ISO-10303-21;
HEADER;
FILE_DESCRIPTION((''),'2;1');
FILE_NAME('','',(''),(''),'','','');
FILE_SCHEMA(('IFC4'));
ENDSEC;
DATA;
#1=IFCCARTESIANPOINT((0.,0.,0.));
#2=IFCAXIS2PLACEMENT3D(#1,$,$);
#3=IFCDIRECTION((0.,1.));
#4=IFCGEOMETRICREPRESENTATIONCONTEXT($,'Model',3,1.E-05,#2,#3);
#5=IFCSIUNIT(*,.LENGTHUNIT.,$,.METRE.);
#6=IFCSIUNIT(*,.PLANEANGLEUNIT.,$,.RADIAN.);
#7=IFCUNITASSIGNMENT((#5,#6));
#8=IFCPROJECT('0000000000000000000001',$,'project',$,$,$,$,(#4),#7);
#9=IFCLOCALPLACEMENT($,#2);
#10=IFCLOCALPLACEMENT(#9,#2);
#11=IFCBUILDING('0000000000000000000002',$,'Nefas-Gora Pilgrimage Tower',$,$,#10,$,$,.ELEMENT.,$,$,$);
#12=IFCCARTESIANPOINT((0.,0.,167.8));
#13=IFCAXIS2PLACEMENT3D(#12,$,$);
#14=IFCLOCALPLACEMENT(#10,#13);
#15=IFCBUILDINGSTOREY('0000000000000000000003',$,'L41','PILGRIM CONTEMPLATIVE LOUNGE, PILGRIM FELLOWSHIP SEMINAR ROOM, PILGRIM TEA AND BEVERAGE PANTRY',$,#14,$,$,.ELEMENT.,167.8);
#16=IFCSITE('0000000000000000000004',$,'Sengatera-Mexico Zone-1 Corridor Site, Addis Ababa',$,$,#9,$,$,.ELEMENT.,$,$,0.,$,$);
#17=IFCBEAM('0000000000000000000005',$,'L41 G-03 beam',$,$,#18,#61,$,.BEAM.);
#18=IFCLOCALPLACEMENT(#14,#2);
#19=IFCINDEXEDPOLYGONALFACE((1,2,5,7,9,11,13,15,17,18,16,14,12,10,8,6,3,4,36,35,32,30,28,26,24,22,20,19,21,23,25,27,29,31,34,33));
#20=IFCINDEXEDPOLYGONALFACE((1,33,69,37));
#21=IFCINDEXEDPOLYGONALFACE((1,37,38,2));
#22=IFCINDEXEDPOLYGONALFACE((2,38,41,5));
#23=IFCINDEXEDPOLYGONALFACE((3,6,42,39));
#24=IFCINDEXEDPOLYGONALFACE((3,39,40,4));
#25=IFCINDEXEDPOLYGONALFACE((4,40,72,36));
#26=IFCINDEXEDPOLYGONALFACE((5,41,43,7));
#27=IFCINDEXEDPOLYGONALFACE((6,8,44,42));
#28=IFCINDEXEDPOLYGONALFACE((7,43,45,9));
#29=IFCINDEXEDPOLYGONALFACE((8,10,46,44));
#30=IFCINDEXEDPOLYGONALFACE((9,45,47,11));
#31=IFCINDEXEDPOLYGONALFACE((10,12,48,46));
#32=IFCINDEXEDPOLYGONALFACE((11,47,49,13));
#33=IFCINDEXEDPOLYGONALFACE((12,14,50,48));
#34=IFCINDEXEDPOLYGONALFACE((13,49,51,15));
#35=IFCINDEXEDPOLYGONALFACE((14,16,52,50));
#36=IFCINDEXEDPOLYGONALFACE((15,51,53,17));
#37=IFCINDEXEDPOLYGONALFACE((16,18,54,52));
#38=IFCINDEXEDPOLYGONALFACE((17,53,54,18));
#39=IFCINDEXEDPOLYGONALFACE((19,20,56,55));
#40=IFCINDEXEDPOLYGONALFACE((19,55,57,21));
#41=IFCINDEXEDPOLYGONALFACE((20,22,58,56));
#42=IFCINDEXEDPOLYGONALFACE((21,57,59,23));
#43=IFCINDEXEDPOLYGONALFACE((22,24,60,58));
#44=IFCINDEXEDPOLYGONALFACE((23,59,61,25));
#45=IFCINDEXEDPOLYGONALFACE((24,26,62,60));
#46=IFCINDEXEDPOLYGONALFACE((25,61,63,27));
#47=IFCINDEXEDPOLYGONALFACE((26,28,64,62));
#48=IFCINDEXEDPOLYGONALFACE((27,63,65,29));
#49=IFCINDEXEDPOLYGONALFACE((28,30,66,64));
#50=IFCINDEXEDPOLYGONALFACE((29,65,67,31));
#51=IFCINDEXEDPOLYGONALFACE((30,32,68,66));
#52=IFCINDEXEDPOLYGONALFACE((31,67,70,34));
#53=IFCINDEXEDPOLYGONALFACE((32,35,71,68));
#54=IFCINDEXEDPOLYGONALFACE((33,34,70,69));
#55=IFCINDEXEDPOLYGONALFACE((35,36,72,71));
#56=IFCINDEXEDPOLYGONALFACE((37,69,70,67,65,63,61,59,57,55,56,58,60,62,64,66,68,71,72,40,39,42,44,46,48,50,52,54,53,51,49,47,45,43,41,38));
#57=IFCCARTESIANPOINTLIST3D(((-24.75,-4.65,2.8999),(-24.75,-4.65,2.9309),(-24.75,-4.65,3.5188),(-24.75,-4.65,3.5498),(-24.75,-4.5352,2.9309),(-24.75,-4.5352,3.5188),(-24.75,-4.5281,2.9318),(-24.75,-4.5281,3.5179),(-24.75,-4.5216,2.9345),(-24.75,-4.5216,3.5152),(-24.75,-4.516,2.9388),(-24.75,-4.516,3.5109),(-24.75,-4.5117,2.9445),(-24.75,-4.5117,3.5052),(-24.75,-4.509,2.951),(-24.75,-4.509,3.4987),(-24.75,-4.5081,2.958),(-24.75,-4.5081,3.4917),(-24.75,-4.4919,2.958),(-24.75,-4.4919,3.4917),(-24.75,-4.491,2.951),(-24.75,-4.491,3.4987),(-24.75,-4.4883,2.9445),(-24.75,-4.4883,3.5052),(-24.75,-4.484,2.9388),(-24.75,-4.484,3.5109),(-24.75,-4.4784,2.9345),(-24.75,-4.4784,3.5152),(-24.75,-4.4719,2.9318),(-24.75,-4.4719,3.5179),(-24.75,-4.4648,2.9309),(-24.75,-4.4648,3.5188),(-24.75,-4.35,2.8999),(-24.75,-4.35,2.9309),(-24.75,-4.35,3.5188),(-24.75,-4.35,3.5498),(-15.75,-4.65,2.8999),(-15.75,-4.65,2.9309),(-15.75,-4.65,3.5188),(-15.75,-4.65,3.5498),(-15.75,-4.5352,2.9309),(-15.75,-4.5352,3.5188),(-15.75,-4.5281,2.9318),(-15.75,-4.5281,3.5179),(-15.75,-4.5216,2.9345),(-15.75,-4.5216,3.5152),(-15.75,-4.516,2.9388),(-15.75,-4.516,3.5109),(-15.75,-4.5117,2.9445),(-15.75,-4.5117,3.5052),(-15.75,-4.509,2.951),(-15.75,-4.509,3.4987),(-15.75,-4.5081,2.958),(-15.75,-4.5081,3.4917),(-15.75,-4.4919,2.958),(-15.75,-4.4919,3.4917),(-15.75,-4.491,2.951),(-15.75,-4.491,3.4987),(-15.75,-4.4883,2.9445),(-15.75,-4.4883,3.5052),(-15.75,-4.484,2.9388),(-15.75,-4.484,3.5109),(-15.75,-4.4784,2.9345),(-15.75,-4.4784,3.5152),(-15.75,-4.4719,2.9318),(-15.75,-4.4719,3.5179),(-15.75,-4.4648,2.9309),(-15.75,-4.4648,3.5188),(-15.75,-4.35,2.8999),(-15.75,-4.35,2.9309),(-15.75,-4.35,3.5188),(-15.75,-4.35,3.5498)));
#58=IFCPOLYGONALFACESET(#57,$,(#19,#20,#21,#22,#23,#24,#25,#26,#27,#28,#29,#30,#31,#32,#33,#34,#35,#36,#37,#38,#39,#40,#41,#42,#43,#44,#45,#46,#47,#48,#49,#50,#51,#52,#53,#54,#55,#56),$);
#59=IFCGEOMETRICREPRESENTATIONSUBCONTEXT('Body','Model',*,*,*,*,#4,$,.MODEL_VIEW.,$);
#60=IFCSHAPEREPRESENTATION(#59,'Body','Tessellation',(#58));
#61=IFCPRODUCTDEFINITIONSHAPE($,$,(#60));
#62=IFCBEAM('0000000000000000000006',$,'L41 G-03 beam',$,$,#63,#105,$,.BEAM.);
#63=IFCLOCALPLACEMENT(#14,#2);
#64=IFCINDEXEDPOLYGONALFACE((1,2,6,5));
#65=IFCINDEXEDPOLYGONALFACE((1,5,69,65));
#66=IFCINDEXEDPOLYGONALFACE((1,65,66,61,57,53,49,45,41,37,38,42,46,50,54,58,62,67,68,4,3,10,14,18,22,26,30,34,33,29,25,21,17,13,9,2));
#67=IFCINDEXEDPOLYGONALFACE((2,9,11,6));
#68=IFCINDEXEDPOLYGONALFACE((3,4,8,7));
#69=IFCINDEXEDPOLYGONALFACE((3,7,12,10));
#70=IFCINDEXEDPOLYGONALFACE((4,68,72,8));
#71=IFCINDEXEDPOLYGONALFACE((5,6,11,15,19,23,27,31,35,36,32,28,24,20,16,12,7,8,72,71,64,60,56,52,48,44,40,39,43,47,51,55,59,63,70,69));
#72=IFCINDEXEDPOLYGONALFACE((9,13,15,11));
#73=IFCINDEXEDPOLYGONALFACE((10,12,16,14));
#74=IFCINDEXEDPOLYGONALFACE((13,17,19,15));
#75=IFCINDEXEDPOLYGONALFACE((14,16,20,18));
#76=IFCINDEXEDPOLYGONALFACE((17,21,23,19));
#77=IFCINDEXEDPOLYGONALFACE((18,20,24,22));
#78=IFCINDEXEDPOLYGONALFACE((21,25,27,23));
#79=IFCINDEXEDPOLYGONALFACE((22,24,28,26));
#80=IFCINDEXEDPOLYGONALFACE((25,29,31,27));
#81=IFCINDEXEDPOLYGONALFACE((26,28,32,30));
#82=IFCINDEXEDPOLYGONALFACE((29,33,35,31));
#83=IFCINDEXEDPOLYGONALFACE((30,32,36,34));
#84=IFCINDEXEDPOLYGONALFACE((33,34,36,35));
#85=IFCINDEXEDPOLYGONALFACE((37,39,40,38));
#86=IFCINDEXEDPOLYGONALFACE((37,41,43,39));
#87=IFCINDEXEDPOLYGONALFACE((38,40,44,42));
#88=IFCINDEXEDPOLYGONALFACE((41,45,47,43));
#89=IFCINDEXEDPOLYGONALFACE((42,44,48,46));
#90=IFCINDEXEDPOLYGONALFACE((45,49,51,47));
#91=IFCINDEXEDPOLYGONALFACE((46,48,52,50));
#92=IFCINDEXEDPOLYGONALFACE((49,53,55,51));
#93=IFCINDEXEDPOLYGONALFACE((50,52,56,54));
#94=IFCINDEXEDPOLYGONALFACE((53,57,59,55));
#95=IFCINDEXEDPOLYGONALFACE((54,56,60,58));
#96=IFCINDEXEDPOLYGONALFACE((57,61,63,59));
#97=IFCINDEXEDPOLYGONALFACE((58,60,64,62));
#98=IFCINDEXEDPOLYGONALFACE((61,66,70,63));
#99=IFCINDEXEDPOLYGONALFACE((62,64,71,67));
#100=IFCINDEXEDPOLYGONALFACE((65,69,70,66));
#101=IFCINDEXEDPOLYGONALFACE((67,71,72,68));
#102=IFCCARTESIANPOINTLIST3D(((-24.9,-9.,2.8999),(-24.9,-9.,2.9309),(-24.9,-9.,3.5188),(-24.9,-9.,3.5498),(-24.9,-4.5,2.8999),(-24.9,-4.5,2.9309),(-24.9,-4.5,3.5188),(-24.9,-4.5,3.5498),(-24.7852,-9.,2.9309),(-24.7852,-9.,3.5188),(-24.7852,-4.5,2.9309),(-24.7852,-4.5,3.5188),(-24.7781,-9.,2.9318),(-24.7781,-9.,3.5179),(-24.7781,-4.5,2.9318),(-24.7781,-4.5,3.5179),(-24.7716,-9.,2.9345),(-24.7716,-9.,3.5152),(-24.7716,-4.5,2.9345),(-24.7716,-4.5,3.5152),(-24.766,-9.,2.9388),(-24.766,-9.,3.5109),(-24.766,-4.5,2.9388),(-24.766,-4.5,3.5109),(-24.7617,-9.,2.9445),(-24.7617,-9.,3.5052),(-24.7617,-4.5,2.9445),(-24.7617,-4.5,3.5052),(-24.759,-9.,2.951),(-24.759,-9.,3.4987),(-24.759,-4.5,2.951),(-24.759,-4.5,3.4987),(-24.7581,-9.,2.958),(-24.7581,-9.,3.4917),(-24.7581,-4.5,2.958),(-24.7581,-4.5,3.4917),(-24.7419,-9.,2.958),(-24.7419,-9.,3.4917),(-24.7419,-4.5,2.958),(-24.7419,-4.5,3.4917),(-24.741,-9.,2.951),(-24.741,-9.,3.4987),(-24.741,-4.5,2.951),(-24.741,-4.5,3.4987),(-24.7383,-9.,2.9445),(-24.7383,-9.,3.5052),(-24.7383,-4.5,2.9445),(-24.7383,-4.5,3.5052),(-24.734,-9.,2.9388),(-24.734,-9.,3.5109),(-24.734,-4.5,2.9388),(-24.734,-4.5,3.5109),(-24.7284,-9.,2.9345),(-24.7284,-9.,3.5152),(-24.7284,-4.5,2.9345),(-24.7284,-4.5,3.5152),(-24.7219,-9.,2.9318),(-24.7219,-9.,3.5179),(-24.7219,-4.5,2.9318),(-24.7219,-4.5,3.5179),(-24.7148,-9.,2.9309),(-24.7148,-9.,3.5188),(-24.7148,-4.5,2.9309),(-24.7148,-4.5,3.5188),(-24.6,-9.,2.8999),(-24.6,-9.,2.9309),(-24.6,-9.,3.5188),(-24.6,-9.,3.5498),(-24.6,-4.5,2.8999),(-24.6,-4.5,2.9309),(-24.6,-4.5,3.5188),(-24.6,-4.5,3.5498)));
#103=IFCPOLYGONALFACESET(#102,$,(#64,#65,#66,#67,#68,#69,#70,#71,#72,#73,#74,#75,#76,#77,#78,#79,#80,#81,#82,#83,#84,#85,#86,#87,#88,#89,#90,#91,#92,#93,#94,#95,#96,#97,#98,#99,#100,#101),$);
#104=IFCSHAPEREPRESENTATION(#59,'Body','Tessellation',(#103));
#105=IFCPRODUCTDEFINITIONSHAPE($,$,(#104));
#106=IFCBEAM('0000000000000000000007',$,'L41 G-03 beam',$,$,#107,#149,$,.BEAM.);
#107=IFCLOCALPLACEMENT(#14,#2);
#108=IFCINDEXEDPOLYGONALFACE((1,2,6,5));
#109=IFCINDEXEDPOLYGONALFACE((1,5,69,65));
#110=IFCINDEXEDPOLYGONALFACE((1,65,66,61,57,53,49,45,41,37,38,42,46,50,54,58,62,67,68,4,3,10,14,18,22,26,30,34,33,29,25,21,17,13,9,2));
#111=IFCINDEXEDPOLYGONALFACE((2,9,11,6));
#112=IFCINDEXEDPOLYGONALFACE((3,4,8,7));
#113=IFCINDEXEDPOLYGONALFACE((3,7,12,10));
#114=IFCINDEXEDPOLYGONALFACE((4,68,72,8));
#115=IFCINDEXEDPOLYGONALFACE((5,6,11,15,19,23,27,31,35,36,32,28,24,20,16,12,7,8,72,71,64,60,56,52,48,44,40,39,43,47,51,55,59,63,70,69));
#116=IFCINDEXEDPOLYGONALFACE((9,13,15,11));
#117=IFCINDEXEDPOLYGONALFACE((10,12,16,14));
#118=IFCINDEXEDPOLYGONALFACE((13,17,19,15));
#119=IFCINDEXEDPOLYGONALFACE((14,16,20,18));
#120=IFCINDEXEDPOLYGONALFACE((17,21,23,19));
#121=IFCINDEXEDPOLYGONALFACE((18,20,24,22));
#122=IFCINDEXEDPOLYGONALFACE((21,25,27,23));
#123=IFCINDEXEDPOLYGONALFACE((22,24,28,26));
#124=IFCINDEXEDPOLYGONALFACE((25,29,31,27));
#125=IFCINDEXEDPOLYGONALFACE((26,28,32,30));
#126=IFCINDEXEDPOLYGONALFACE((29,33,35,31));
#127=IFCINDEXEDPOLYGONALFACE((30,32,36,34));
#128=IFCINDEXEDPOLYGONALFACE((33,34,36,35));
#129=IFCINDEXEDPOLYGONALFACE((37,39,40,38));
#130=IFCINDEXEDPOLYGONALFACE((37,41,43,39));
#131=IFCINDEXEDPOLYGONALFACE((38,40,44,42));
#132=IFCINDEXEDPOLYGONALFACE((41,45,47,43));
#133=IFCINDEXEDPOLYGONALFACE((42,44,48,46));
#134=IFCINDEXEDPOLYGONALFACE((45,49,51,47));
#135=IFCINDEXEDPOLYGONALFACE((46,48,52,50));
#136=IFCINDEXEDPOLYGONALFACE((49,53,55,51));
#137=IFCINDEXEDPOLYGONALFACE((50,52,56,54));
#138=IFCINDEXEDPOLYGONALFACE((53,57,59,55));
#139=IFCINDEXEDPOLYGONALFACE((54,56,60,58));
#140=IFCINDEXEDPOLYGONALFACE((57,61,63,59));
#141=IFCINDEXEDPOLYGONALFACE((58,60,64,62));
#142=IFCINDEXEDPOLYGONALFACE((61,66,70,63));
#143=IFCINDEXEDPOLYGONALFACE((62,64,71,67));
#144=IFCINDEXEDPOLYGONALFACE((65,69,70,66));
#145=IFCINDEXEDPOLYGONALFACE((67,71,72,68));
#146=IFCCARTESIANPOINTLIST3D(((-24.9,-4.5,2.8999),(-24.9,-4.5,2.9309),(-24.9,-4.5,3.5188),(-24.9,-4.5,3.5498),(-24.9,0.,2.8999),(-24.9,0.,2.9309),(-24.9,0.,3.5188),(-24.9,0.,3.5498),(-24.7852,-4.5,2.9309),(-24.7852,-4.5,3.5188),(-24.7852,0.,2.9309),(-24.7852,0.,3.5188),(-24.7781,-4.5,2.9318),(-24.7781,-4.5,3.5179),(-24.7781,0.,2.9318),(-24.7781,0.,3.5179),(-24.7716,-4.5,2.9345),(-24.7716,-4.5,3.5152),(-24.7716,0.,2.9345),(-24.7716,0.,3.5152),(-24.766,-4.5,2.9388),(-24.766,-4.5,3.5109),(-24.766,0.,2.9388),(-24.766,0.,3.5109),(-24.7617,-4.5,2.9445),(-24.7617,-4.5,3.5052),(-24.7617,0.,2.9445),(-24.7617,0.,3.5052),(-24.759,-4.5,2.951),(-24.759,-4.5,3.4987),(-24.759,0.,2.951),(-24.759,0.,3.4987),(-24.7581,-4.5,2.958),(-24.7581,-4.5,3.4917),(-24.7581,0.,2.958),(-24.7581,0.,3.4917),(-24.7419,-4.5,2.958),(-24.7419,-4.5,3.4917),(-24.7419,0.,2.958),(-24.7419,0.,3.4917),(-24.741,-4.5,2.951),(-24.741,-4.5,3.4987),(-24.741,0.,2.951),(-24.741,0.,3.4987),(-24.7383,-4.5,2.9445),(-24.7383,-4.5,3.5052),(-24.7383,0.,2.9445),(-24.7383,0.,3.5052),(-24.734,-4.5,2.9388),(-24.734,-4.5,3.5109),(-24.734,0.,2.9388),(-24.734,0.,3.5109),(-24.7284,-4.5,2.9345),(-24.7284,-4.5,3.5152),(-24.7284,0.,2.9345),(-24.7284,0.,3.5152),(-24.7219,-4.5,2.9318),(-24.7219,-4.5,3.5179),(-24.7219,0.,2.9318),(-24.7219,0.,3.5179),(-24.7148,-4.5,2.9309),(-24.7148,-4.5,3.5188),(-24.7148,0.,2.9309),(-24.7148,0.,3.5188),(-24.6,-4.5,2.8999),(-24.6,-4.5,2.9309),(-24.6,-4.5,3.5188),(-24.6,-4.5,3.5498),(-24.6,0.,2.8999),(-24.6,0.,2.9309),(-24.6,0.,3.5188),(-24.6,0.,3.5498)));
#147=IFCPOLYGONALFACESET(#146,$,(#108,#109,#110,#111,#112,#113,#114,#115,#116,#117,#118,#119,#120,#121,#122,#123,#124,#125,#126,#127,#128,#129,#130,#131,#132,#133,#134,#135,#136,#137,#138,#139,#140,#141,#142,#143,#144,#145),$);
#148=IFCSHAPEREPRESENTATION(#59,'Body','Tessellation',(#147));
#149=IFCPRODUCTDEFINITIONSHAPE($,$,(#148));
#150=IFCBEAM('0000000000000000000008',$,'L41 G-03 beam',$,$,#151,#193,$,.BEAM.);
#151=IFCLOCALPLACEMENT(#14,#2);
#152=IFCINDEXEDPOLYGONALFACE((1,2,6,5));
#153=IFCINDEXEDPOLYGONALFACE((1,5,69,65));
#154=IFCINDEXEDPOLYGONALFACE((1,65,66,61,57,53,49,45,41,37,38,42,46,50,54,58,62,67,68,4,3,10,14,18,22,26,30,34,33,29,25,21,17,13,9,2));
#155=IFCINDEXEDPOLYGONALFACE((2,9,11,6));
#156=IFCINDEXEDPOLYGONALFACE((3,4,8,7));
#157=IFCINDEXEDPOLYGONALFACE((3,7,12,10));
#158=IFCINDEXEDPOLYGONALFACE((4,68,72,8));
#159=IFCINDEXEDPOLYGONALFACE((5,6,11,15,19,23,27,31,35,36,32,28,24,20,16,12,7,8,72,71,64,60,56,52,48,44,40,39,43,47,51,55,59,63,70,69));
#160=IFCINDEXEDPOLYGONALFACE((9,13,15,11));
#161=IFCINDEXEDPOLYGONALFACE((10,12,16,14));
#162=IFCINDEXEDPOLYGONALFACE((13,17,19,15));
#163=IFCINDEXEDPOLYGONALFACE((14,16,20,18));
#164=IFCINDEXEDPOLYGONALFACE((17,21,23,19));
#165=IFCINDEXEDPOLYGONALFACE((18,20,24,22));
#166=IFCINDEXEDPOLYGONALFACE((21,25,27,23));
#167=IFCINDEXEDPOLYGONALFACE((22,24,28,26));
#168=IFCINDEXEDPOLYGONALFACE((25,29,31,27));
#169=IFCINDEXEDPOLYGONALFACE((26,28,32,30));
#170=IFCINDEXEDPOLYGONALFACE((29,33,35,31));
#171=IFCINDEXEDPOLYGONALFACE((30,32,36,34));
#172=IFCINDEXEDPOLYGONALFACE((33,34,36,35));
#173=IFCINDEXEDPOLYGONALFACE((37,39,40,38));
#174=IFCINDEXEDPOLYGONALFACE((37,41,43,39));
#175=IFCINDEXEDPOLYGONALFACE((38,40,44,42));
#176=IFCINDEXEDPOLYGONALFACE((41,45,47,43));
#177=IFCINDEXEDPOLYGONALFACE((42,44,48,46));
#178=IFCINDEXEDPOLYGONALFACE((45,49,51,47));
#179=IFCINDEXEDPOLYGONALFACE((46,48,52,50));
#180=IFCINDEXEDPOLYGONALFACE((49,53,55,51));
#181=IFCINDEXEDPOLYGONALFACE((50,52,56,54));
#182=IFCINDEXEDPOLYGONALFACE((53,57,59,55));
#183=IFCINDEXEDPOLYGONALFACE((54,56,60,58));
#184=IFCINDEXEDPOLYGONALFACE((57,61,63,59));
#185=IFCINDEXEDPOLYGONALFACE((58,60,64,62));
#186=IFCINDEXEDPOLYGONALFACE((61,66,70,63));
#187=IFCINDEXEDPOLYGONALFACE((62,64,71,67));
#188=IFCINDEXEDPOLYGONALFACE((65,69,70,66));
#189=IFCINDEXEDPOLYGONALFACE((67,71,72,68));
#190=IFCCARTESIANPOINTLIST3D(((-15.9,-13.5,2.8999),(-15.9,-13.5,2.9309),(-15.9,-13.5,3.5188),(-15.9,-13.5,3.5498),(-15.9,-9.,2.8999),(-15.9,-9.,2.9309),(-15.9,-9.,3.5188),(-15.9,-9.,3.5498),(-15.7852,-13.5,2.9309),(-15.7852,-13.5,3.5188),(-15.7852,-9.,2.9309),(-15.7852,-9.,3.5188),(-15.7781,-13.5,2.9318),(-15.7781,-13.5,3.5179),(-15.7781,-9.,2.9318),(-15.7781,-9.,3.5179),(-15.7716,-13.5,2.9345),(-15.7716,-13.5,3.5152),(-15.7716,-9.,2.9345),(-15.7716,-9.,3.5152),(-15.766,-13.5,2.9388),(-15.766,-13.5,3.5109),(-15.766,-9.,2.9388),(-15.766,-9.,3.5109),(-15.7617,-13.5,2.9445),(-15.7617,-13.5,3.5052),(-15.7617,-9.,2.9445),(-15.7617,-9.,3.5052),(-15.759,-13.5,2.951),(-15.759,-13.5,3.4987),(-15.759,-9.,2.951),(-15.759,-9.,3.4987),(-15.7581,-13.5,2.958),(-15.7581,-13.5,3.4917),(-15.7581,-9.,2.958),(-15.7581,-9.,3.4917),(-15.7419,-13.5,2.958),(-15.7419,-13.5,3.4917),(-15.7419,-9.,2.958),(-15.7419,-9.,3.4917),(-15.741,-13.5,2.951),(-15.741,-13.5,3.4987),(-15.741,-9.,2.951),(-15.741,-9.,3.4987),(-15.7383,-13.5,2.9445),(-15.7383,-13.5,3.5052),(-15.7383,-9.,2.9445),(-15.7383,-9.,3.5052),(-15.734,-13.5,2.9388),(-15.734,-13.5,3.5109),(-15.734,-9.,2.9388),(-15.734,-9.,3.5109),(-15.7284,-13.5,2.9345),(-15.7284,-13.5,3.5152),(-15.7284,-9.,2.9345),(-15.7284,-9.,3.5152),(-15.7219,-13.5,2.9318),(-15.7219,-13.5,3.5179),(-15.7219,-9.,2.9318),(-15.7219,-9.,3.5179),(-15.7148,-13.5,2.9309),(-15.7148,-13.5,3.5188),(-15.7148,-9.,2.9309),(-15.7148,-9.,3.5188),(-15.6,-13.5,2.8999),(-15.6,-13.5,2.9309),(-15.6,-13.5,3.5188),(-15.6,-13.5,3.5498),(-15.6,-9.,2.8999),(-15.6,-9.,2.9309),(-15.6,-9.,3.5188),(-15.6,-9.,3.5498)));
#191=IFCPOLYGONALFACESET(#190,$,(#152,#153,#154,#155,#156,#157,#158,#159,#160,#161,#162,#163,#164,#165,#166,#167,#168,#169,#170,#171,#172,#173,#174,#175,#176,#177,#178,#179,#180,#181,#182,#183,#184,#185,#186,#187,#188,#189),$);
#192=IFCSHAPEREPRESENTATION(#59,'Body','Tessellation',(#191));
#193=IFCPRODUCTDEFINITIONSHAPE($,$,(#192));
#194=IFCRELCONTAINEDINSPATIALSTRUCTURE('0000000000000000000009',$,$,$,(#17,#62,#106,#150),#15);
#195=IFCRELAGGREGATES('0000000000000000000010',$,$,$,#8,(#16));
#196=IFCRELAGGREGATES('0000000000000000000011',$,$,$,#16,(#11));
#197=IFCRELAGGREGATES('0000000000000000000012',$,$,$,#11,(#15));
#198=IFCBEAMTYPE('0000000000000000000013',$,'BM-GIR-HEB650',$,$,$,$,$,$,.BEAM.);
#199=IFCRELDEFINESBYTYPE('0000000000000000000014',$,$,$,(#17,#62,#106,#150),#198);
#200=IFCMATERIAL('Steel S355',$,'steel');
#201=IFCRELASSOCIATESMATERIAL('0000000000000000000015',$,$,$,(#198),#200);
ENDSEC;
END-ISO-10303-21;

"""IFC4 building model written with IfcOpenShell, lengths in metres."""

from ifc_helpers import new_model, si_unit, direction, frame, origin, origin_2d, place, context, subcontext, project, spatial, i_section, extrude, source, transform, mapped, material, material_profile, profile_set, type_object, element, save


model = new_model("IFC4")

# Units and contexts
model_context = context("Model", 3, precision=1e-05, world=origin(), true_north=direction((0.0, 1.0)))
body_context = subcontext(model_context, "Body", "Model", "MODEL_VIEW")
ifc_project = project(units=[si_unit("LENGTHUNIT", "METRE"), si_unit("PLANEANGLEUNIT", "RADIAN")], contexts=[model_context])

# Site, building, storey
site_placement = place(None, origin())
site = spatial("IfcSite", under=ifc_project, at=site_placement, Name="Sengatera-Mexico Zone-1 Corridor Site, Addis Ababa", CompositionType="ELEMENT", RefElevation=0.0)
building_placement = place(site_placement, origin())
building = spatial("IfcBuilding", under=site, at=building_placement, Name="Nefas-Gora Pilgrimage Tower", CompositionType="ELEMENT")
storey_placement = place(building_placement, frame((0.0, 0.0, 167.8)))
storey = spatial("IfcBuildingStorey", under=building, at=storey_placement, Name="L41", Description="PILGRIM CONTEMPLATIVE LOUNGE, PILGRIM FELLOWSHIP SEMINAR ROOM, PILGRIM TEA AND BEVERAGE PANTRY", CompositionType="ELEMENT", Elevation=167.8)

# Beams
ifc_material_1 = material(Name="Steel S355", Category="steel")
ifc_material_profile_1 = material_profile(ifc_material_1, i_section(OverallWidth=0.3, OverallDepth=0.6499, WebThickness=0.0161, FlangeThickness=0.031, FilletRadius=0.0271, at=origin_2d()), Name="HEB 650")
ifc_profile_set_1 = profile_set([ifc_material_profile_1], Name="Steel S355")
beam_type_1 = type_object("IfcBeamType", Name="BM-GIR-HEB650", PredefinedType="BEAM", material=ifc_profile_set_1)
shared_shape_1 = source(origin(), body_context, "Body", "SweptSolid", [
    extrude(i_section(OverallWidth=0.3, OverallDepth=0.6499, WebThickness=0.0161, FlangeThickness=0.031, FilletRadius=0.0271, at=origin_2d()), origin(), (0.0, 0.0, 1.0), 9.0),
])
for number, where, z_axis, x_axis, name in (
    (1, (-24.75, -4.5, 3.2249), (1.0, 0.0, 0.0), (0.0, 1.0, 0.0), "L41 G-03 beam"),
):
    element("IfcBeam", number, at=place(storey_placement, frame(where, z_axis=z_axis, x_axis=x_axis)), inside=storey, type_object=beam_type_1, Name=name, PredefinedType="BEAM", context=body_context, shape_type="MappedRepresentation", body=[
        mapped(shared_shape_1, transform((0.0, 0.0, 0.0), x_axis=(1.0, 0.0, 0.0), y_axis=(0.0, 1.0, 0.0), z_axis=(0.0, 0.0, 1.0), scale=1.0)),
    ])
shared_shape_2 = source(origin(), body_context, "Body", "SweptSolid", [
    extrude(i_section(OverallWidth=0.3, OverallDepth=0.6499, WebThickness=0.0161, FlangeThickness=0.031, FilletRadius=0.0271, at=origin_2d()), origin(), (0.0, 0.0, 1.0), 4.5),
])
for number, where, z_axis, x_axis, name in (
    (2, (-24.75, -9.0, 3.2249), (0.0, 1.0, 0.0), (-1.0, 0.0, 0.0), "L41 G-03 beam"),
    (3, (-24.75, -4.5, 3.2249), (0.0, 1.0, 0.0), (-1.0, 0.0, 0.0), "L41 G-03 beam"),
    (4, (-15.75, -13.5, 3.2249), (0.0, 1.0, 0.0), (-1.0, 0.0, 0.0), "L41 G-03 beam"),
):
    element("IfcBeam", number, at=place(storey_placement, frame(where, z_axis=z_axis, x_axis=x_axis)), inside=storey, type_object=beam_type_1, Name=name, PredefinedType="BEAM", context=body_context, shape_type="MappedRepresentation", body=[
        mapped(shared_shape_2, transform((0.0, 0.0, 0.0), x_axis=(1.0, 0.0, 0.0), y_axis=(0.0, 1.0, 0.0), z_axis=(0.0, 0.0, 1.0), scale=1.0)),
    ])

save(model, "model.ifc")
